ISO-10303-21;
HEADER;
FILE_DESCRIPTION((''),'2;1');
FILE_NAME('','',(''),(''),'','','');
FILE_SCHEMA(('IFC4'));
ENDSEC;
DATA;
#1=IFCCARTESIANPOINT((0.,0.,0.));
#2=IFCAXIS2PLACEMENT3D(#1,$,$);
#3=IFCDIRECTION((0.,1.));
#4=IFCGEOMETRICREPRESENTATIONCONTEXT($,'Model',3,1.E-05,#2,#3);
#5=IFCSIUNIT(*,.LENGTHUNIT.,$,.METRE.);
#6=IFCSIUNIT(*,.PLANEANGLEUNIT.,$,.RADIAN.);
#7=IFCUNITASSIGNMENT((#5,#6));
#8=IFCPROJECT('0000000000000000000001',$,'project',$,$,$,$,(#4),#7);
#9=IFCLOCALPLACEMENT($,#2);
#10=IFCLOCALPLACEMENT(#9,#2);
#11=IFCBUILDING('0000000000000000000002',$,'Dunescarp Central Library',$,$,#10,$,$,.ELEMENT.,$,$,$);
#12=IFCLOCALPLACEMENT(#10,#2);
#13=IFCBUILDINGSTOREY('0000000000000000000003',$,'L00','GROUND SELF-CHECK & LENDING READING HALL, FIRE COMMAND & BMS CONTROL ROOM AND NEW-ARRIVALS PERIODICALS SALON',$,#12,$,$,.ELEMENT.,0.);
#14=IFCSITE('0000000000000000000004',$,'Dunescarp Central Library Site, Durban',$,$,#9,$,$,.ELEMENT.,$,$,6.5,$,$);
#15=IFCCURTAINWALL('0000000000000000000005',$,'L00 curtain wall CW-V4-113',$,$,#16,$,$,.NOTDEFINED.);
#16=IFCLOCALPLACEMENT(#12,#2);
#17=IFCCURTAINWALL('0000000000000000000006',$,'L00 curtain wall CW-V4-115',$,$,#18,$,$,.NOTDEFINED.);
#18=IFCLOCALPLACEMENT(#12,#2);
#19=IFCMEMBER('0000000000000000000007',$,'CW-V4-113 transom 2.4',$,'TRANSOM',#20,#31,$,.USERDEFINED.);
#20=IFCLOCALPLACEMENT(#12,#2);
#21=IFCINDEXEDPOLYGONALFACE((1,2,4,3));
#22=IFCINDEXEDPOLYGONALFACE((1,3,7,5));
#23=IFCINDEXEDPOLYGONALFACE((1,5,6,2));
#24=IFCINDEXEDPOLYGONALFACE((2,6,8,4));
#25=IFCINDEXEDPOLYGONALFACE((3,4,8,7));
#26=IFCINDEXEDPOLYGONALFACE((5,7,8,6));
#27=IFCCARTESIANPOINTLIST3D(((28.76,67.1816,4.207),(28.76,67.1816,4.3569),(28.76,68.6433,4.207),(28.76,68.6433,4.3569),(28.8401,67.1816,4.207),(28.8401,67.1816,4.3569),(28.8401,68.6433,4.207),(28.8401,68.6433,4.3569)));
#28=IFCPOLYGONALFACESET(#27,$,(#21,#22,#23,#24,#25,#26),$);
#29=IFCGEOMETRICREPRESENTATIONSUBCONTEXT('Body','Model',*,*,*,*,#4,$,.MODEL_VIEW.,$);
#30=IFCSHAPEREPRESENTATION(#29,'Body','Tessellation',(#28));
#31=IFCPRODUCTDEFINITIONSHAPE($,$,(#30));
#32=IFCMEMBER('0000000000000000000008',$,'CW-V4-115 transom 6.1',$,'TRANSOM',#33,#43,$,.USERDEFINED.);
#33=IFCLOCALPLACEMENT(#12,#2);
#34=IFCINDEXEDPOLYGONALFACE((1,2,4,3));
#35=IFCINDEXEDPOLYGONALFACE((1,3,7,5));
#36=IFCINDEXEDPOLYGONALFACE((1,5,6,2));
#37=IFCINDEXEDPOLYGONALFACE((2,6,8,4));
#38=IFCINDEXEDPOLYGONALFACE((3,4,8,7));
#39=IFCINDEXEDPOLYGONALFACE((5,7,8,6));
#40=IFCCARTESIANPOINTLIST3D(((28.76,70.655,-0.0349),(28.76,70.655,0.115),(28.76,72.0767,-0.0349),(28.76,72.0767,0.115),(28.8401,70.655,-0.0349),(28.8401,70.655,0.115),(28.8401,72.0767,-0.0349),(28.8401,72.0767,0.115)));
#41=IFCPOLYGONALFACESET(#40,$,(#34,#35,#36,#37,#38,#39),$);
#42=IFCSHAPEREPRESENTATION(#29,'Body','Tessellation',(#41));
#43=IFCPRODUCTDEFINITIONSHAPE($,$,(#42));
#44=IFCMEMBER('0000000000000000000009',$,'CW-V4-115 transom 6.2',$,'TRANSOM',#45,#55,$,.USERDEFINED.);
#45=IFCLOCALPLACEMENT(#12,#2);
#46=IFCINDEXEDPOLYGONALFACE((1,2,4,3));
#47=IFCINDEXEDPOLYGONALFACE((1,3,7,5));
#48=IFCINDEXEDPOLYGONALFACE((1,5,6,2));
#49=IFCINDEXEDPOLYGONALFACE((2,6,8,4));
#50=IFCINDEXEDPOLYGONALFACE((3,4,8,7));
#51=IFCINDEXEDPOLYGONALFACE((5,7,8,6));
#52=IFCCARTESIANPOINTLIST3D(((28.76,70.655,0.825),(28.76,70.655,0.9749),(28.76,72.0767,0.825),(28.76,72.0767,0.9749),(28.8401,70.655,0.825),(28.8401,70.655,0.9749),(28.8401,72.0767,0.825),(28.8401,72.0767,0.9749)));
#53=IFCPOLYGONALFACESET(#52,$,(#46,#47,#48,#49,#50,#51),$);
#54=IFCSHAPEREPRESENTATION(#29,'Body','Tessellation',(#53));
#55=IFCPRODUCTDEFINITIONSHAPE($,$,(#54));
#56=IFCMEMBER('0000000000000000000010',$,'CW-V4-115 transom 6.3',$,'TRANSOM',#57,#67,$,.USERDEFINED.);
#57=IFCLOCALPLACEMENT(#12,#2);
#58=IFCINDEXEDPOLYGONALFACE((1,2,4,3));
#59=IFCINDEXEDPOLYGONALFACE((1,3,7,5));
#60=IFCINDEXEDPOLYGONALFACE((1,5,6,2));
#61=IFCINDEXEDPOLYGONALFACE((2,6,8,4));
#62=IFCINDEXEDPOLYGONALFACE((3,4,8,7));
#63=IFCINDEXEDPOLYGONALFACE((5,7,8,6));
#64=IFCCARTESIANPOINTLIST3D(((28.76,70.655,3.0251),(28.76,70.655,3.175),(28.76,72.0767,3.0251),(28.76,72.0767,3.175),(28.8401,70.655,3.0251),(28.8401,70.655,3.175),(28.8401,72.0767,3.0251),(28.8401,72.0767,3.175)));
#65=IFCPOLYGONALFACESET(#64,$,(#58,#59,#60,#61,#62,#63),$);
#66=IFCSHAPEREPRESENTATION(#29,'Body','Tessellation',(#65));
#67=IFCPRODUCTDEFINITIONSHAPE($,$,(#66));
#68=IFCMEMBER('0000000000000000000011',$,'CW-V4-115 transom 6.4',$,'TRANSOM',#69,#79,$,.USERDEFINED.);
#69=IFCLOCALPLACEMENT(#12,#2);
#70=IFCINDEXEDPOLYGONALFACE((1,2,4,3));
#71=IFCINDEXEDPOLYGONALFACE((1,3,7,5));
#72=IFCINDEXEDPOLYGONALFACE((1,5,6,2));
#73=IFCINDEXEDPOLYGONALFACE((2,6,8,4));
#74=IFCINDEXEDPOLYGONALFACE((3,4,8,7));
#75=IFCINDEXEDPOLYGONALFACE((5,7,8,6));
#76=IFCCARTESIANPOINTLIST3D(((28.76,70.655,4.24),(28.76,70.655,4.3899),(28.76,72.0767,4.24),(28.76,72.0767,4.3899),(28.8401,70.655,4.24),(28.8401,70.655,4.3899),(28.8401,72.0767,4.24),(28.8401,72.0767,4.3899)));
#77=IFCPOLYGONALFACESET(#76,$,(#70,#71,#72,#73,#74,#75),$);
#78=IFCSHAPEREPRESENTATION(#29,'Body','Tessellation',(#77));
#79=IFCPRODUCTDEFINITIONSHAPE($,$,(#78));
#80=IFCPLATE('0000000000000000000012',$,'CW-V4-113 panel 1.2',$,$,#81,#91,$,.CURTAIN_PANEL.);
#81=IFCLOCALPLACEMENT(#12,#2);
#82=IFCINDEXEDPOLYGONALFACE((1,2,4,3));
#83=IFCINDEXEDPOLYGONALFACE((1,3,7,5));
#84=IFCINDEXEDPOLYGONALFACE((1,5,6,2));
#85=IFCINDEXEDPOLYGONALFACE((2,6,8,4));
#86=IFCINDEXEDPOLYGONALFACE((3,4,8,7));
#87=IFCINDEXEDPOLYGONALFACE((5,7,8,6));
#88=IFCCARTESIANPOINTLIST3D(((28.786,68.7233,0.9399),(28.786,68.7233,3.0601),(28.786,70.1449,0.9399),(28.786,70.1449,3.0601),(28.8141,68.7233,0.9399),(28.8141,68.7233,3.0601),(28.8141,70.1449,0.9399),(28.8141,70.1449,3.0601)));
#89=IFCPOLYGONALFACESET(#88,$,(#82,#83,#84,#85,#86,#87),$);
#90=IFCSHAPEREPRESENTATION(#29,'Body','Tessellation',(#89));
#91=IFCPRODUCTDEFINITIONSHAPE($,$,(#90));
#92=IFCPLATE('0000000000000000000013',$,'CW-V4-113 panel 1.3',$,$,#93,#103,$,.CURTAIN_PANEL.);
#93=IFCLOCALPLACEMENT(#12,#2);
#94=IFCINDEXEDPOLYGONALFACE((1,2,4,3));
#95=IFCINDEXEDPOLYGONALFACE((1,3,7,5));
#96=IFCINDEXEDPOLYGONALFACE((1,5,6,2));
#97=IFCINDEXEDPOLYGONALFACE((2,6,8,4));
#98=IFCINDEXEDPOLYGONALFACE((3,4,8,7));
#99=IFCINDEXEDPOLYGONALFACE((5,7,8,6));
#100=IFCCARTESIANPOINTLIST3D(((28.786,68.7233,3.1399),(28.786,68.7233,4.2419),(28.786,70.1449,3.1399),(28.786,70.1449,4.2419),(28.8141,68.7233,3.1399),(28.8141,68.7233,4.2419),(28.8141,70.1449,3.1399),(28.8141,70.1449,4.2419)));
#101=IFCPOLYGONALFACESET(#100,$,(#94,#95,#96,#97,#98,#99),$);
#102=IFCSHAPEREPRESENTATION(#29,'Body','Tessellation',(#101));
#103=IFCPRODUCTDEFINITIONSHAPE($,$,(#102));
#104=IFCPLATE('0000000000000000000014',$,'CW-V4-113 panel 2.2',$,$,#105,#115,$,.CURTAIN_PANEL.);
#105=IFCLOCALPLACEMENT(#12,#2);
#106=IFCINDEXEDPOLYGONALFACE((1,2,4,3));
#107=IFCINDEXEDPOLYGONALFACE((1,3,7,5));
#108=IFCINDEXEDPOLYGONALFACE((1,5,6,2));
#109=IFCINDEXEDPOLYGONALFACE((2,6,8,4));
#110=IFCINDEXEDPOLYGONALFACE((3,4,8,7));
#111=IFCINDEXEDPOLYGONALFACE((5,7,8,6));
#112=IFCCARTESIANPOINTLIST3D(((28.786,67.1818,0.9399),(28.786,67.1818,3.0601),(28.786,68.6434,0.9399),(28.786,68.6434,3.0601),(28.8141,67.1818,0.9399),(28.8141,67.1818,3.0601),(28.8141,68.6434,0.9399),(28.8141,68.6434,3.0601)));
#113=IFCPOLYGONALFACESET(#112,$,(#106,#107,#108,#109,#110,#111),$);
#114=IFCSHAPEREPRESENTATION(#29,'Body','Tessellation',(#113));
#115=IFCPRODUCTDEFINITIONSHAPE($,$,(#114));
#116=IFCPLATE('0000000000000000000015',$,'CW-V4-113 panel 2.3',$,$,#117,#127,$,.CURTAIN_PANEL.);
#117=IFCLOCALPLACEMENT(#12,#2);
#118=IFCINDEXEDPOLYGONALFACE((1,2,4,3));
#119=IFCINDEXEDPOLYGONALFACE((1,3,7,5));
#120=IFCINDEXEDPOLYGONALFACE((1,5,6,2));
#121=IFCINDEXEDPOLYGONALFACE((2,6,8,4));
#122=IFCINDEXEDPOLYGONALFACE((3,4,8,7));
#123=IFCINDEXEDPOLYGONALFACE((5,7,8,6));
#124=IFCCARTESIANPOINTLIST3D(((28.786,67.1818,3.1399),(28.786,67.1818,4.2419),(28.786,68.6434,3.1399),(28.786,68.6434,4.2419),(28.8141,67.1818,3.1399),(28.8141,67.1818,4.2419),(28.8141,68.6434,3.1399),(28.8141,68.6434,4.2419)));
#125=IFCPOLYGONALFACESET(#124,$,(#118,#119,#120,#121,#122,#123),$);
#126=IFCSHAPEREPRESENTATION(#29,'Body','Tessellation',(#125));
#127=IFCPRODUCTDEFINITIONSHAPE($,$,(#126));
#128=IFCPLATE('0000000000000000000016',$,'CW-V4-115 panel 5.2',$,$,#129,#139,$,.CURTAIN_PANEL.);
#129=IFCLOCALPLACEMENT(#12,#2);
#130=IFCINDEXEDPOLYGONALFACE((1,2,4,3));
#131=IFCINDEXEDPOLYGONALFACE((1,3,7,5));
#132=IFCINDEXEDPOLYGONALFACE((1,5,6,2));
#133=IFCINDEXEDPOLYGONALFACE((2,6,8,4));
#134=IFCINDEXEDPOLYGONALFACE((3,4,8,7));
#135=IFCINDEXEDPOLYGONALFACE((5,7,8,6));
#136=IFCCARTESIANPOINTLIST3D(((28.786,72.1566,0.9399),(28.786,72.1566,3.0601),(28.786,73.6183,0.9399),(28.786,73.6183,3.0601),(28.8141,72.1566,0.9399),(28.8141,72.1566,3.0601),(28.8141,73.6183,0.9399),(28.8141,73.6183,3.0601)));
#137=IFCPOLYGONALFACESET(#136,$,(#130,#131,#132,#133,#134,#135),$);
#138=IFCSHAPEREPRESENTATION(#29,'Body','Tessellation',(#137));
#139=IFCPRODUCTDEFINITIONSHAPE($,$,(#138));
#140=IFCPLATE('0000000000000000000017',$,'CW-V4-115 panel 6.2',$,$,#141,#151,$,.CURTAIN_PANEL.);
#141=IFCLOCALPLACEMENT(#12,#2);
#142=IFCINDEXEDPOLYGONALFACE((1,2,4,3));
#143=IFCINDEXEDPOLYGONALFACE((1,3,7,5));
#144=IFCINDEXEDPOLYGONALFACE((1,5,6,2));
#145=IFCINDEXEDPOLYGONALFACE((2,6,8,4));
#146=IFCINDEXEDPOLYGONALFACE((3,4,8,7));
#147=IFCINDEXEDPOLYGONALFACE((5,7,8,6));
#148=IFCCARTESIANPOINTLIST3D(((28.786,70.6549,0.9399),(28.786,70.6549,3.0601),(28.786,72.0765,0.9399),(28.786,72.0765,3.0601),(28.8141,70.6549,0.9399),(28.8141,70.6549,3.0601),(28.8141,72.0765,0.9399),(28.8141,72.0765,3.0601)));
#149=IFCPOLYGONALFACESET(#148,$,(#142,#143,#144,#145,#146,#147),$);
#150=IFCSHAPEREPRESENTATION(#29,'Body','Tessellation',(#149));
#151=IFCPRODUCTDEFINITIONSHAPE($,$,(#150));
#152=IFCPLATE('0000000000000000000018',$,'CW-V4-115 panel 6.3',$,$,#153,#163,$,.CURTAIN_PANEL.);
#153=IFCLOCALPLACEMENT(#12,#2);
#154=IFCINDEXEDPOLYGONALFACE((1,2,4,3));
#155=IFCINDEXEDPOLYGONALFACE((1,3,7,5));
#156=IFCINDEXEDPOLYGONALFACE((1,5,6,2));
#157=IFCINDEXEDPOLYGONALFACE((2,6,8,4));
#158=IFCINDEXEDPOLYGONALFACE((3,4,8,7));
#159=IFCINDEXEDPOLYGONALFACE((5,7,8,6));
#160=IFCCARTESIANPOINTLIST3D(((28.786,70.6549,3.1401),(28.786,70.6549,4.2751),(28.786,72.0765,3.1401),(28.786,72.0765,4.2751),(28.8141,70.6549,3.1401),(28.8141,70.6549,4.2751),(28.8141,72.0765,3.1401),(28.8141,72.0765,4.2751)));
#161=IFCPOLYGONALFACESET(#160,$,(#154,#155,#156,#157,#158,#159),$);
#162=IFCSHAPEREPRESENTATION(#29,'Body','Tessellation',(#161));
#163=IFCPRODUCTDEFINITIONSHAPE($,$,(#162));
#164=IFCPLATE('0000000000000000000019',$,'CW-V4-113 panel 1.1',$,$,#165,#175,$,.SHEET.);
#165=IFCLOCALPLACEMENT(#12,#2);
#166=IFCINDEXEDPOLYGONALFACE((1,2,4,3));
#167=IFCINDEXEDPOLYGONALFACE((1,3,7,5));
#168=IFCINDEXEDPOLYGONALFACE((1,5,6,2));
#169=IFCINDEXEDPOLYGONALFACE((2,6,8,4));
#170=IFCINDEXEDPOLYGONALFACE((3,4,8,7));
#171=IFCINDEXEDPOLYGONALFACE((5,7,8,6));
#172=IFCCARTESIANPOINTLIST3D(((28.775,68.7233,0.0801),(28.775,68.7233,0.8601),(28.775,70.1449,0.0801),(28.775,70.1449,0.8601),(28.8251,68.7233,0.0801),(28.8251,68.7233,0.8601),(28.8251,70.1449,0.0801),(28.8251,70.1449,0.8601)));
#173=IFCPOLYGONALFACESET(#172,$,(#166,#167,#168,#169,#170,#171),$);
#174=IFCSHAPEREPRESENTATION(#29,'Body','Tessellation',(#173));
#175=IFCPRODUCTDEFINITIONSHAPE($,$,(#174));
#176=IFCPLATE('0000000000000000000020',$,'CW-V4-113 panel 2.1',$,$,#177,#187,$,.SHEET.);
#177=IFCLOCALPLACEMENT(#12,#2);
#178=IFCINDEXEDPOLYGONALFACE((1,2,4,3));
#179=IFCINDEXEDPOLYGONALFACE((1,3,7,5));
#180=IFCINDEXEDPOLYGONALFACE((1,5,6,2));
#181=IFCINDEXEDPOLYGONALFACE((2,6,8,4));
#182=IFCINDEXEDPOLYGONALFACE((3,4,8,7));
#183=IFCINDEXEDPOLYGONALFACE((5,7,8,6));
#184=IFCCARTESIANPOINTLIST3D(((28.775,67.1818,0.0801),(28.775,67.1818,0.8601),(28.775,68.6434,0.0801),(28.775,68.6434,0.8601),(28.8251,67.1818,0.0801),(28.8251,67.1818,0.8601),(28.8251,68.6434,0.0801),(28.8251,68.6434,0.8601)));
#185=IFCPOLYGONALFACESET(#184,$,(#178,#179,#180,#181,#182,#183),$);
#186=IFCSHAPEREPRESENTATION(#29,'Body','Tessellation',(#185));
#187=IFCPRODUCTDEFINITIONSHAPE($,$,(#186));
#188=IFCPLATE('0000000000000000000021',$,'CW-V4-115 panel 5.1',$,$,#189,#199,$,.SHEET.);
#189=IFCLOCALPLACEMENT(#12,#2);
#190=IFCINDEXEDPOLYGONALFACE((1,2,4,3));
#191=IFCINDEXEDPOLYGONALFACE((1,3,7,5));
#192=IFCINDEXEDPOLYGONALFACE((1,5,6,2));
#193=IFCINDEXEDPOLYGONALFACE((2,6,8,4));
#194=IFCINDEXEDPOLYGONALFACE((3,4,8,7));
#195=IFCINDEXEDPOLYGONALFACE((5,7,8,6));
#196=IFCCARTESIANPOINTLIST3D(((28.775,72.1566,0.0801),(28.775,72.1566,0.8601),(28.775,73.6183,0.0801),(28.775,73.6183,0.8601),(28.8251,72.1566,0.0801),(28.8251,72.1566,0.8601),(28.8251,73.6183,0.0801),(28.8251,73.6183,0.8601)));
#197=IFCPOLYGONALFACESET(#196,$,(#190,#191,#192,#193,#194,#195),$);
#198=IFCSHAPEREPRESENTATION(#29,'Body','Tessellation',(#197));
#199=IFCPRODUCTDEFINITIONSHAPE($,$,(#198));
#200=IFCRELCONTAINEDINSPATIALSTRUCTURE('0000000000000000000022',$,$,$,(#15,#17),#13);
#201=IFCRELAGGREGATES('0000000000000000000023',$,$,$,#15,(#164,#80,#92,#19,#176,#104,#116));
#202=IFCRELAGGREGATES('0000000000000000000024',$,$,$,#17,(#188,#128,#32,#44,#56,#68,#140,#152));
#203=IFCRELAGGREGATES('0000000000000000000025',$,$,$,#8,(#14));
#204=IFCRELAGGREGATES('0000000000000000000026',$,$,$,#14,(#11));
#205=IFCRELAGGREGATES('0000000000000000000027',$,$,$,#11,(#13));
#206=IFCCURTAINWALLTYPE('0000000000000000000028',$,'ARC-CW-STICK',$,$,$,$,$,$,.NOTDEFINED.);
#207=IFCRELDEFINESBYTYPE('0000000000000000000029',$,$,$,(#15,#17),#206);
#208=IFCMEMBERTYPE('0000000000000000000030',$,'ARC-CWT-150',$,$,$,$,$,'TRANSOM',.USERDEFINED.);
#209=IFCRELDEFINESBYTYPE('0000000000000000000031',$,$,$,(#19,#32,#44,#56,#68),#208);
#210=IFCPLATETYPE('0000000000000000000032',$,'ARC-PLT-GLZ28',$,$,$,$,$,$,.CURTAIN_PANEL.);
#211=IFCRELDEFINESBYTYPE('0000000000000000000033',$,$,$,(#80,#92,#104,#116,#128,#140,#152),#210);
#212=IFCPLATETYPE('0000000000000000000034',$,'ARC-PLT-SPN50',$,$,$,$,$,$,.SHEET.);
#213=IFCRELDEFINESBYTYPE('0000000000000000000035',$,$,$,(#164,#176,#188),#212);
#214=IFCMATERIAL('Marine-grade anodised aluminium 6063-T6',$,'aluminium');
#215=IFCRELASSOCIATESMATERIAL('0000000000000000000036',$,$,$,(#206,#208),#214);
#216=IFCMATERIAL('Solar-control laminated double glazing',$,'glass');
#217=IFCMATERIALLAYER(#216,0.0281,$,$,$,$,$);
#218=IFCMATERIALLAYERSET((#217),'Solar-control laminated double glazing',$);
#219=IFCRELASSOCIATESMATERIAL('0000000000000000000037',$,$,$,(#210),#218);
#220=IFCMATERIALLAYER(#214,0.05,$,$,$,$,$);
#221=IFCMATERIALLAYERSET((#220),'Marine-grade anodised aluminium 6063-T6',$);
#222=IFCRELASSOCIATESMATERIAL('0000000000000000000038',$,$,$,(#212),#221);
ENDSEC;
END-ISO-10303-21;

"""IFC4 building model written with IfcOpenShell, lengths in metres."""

from ifc_helpers import new_model, si_unit, direction, frame, origin, origin_2d, place, context, subcontext, project, spatial, rectangle, extrude, material, layer, layer_set, material_profile, profile_set, type_object, element, aggregate, save


model = new_model("IFC4")

# Units and contexts
model_context = context("Model", 3, precision=1e-05, world=origin(), true_north=direction((0.0, 1.0)))
body_context = subcontext(model_context, "Body", "Model", "MODEL_VIEW")
ifc_project = project(units=[si_unit("LENGTHUNIT", "METRE"), si_unit("PLANEANGLEUNIT", "RADIAN")], contexts=[model_context])

# Site, building, storey
site_placement = place(None, origin())
site = spatial("IfcSite", under=ifc_project, at=site_placement, Name="Dunescarp Central Library Site, Durban", CompositionType="ELEMENT", RefElevation=6.5)
building_placement = place(site_placement, origin())
building = spatial("IfcBuilding", under=site, at=building_placement, Name="Dunescarp Central Library", CompositionType="ELEMENT")
storey_placement = place(building_placement, origin())
storey = spatial("IfcBuildingStorey", under=building, at=storey_placement, Name="L00", Description="GROUND SELF-CHECK & LENDING READING HALL, FIRE COMMAND & BMS CONTROL ROOM AND NEW-ARRIVALS PERIODICALS SALON", CompositionType="ELEMENT", Elevation=0.0)

# Curtain walls
ifc_material_1 = material(Name="Marine-grade anodised aluminium 6063-T6", Category="aluminium")
curtain_wall_type = type_object("IfcCurtainWallType", Name="ARC-CW-STICK", PredefinedType="NOTDEFINED", material=ifc_material_1)
curtain_wall_1_placement = place(storey_placement, origin())
curtain_wall_1 = element("IfcCurtainWall", 1, at=curtain_wall_1_placement, inside=storey, type_object=curtain_wall_type, Name="L00 curtain wall CW-V4-113", PredefinedType="NOTDEFINED")
curtain_wall_2_placement = place(storey_placement, origin())
curtain_wall_2 = element("IfcCurtainWall", 2, at=curtain_wall_2_placement, inside=storey, type_object=curtain_wall_type, Name="L00 curtain wall CW-V4-115", PredefinedType="NOTDEFINED")

# Members
ifc_material_profile_1 = material_profile(ifc_material_1, rectangle(XDim=0.0801, YDim=0.1499, at=origin_2d()), Name="AL 80x150")
ifc_profile_set_1 = profile_set([ifc_material_profile_1], Name="Marine-grade anodised aluminium 6063-T6")
member_type_1 = type_object("IfcMemberType", Name="ARC-CWT-150", ElementType="TRANSOM", PredefinedType="USERDEFINED", material=ifc_profile_set_1)
member_1_placement = place(storey_placement, frame((28.8, 68.6433, 4.282), z_axis=(0.0, -1.0, 0.0), x_axis=(1.0, 0.0, 0.0)))
member_1 = element("IfcMember", 3, at=member_1_placement, type_object=member_type_1, Name="CW-V4-113 transom 2.4", ObjectType="TRANSOM", PredefinedType="USERDEFINED", context=body_context, shape_type="SweptSolid", body=[
    extrude(rectangle(XDim=0.0801, YDim=0.1499, at=origin_2d()), origin(), (0.0, 0.0, 1.0), 1.4617),
])
member_2_placement = place(storey_placement, frame((28.8, 72.0767, 0.04), z_axis=(0.0, -1.0, 0.0), x_axis=(1.0, 0.0, 0.0)))
member_2 = element("IfcMember", 4, at=member_2_placement, type_object=member_type_1, Name="CW-V4-115 transom 6.1", ObjectType="TRANSOM", PredefinedType="USERDEFINED", context=body_context, shape_type="SweptSolid", body=[
    extrude(rectangle(XDim=0.0801, YDim=0.1499, at=origin_2d()), origin(), (0.0, 0.0, 1.0), 1.4216),
])
member_3_placement = place(storey_placement, frame((28.8, 72.0767, 0.8999), z_axis=(0.0, -1.0, 0.0), x_axis=(1.0, 0.0, 0.0)))
member_3 = element("IfcMember", 5, at=member_3_placement, type_object=member_type_1, Name="CW-V4-115 transom 6.2", ObjectType="TRANSOM", PredefinedType="USERDEFINED", context=body_context, shape_type="SweptSolid", body=[
    extrude(rectangle(XDim=0.0801, YDim=0.1499, at=origin_2d()), origin(), (0.0, 0.0, 1.0), 1.4216),
])
member_4_placement = place(storey_placement, frame((28.8, 72.0767, 3.1001), z_axis=(0.0, -1.0, 0.0), x_axis=(1.0, 0.0, 0.0)))
member_4 = element("IfcMember", 6, at=member_4_placement, type_object=member_type_1, Name="CW-V4-115 transom 6.3", ObjectType="TRANSOM", PredefinedType="USERDEFINED", context=body_context, shape_type="SweptSolid", body=[
    extrude(rectangle(XDim=0.0801, YDim=0.1499, at=origin_2d()), origin(), (0.0, 0.0, 1.0), 1.4216),
])
member_5_placement = place(storey_placement, frame((28.8, 72.0767, 4.3149), z_axis=(0.0, -1.0, 0.0), x_axis=(1.0, 0.0, 0.0)))
member_5 = element("IfcMember", 7, at=member_5_placement, type_object=member_type_1, Name="CW-V4-115 transom 6.4", ObjectType="TRANSOM", PredefinedType="USERDEFINED", context=body_context, shape_type="SweptSolid", body=[
    extrude(rectangle(XDim=0.0801, YDim=0.1499, at=origin_2d()), origin(), (0.0, 0.0, 1.0), 1.4216),
])

# Plates
ifc_material_2 = material(Name="Solar-control laminated double glazing", Category="glass")
ifc_layer_1 = layer(ifc_material_2, 0.0281)
ifc_layer_set_1 = layer_set([ifc_layer_1], Name="Solar-control laminated double glazing")
plate_type_1 = type_object("IfcPlateType", Name="ARC-PLT-GLZ28", PredefinedType="CURTAIN_PANEL", material=ifc_layer_set_1)
plate_1_placement = place(storey_placement, frame((28.8, 69.4341, 0.9399), z_axis=(0.0, 0.0, 1.0), x_axis=(0.0, -1.0, 0.0)))
plate_1 = element("IfcPlate", 8, at=plate_1_placement, type_object=plate_type_1, Name="CW-V4-113 panel 1.2", PredefinedType="CURTAIN_PANEL", context=body_context, shape_type="SweptSolid", body=[
    extrude(rectangle(XDim=1.4216, YDim=0.0281, at=origin_2d()), origin(), (0.0, 0.0, 1.0), 2.1201),
])
plate_2_placement = place(storey_placement, frame((28.8, 69.4341, 3.1399), z_axis=(0.0, 0.0, 1.0), x_axis=(0.0, -1.0, 0.0)))
plate_2 = element("IfcPlate", 9, at=plate_2_placement, type_object=plate_type_1, Name="CW-V4-113 panel 1.3", PredefinedType="CURTAIN_PANEL", context=body_context, shape_type="SweptSolid", body=[
    extrude(rectangle(XDim=1.4216, YDim=0.0281, at=origin_2d()), origin(), (0.0, 0.0, 1.0), 1.1021),
])
plate_3_placement = place(storey_placement, frame((28.8, 67.9126, 0.9399), z_axis=(0.0, 0.0, 1.0), x_axis=(0.0, -1.0, 0.0)))
plate_3 = element("IfcPlate", 10, at=plate_3_placement, type_object=plate_type_1, Name="CW-V4-113 panel 2.2", PredefinedType="CURTAIN_PANEL", context=body_context, shape_type="SweptSolid", body=[
    extrude(rectangle(XDim=1.4617, YDim=0.0281, at=origin_2d()), origin(), (0.0, 0.0, 1.0), 2.1201),
])
plate_4_placement = place(storey_placement, frame((28.8, 67.9126, 3.1399), z_axis=(0.0, 0.0, 1.0), x_axis=(0.0, -1.0, 0.0)))
plate_4 = element("IfcPlate", 11, at=plate_4_placement, type_object=plate_type_1, Name="CW-V4-113 panel 2.3", PredefinedType="CURTAIN_PANEL", context=body_context, shape_type="SweptSolid", body=[
    extrude(rectangle(XDim=1.4617, YDim=0.0281, at=origin_2d()), origin(), (0.0, 0.0, 1.0), 1.1021),
])
plate_5_placement = place(storey_placement, frame((28.8, 72.8875, 0.9399), z_axis=(0.0, 0.0, 1.0), x_axis=(0.0, -1.0, 0.0)))
plate_5 = element("IfcPlate", 12, at=plate_5_placement, type_object=plate_type_1, Name="CW-V4-115 panel 5.2", PredefinedType="CURTAIN_PANEL", context=body_context, shape_type="SweptSolid", body=[
    extrude(rectangle(XDim=1.4617, YDim=0.0281, at=origin_2d()), origin(), (0.0, 0.0, 1.0), 2.1201),
])
plate_6_placement = place(storey_placement, frame((28.8, 71.3657, 0.9399), z_axis=(0.0, 0.0, 1.0), x_axis=(0.0, -1.0, 0.0)))
plate_6 = element("IfcPlate", 13, at=plate_6_placement, type_object=plate_type_1, Name="CW-V4-115 panel 6.2", PredefinedType="CURTAIN_PANEL", context=body_context, shape_type="SweptSolid", body=[
    extrude(rectangle(XDim=1.4216, YDim=0.0281, at=origin_2d()), origin(), (0.0, 0.0, 1.0), 2.1201),
])
plate_7_placement = place(storey_placement, frame((28.8, 71.3657, 3.1401), z_axis=(0.0, 0.0, 1.0), x_axis=(0.0, -1.0, 0.0)))
plate_7 = element("IfcPlate", 14, at=plate_7_placement, type_object=plate_type_1, Name="CW-V4-115 panel 6.3", PredefinedType="CURTAIN_PANEL", context=body_context, shape_type="SweptSolid", body=[
    extrude(rectangle(XDim=1.4216, YDim=0.0281, at=origin_2d()), origin(), (0.0, 0.0, 1.0), 1.135),
])
ifc_layer_2 = layer(ifc_material_1, 0.05)
ifc_layer_set_2 = layer_set([ifc_layer_2], Name="Marine-grade anodised aluminium 6063-T6")
plate_type_2 = type_object("IfcPlateType", Name="ARC-PLT-SPN50", PredefinedType="SHEET", material=ifc_layer_set_2)
plate_8_placement = place(storey_placement, frame((28.8, 69.4341, 0.0801), z_axis=(0.0, 0.0, 1.0), x_axis=(0.0, -1.0, 0.0)))
plate_8 = element("IfcPlate", 15, at=plate_8_placement, type_object=plate_type_2, Name="CW-V4-113 panel 1.1", PredefinedType="SHEET", context=body_context, shape_type="SweptSolid", body=[
    extrude(rectangle(XDim=1.4216, YDim=0.05, at=origin_2d()), origin(), (0.0, 0.0, 1.0), 0.78),
])
plate_9_placement = place(storey_placement, frame((28.8, 67.9126, 0.0801), z_axis=(0.0, 0.0, 1.0), x_axis=(0.0, -1.0, 0.0)))
plate_9 = element("IfcPlate", 16, at=plate_9_placement, type_object=plate_type_2, Name="CW-V4-113 panel 2.1", PredefinedType="SHEET", context=body_context, shape_type="SweptSolid", body=[
    extrude(rectangle(XDim=1.4617, YDim=0.05, at=origin_2d()), origin(), (0.0, 0.0, 1.0), 0.78),
])
aggregate(curtain_wall_1, [plate_8, plate_1, plate_2, member_1, plate_9, plate_3, plate_4])
plate_10_placement = place(storey_placement, frame((28.8, 72.8875, 0.0801), z_axis=(0.0, 0.0, 1.0), x_axis=(0.0, -1.0, 0.0)))
plate_10 = element("IfcPlate", 17, at=plate_10_placement, type_object=plate_type_2, Name="CW-V4-115 panel 5.1", PredefinedType="SHEET", context=body_context, shape_type="SweptSolid", body=[
    extrude(rectangle(XDim=1.4617, YDim=0.05, at=origin_2d()), origin(), (0.0, 0.0, 1.0), 0.78),
])
aggregate(curtain_wall_2, [plate_10, plate_5, member_2, member_3, member_4, member_5, plate_6, plate_7])

save(model, "model.ifc")
